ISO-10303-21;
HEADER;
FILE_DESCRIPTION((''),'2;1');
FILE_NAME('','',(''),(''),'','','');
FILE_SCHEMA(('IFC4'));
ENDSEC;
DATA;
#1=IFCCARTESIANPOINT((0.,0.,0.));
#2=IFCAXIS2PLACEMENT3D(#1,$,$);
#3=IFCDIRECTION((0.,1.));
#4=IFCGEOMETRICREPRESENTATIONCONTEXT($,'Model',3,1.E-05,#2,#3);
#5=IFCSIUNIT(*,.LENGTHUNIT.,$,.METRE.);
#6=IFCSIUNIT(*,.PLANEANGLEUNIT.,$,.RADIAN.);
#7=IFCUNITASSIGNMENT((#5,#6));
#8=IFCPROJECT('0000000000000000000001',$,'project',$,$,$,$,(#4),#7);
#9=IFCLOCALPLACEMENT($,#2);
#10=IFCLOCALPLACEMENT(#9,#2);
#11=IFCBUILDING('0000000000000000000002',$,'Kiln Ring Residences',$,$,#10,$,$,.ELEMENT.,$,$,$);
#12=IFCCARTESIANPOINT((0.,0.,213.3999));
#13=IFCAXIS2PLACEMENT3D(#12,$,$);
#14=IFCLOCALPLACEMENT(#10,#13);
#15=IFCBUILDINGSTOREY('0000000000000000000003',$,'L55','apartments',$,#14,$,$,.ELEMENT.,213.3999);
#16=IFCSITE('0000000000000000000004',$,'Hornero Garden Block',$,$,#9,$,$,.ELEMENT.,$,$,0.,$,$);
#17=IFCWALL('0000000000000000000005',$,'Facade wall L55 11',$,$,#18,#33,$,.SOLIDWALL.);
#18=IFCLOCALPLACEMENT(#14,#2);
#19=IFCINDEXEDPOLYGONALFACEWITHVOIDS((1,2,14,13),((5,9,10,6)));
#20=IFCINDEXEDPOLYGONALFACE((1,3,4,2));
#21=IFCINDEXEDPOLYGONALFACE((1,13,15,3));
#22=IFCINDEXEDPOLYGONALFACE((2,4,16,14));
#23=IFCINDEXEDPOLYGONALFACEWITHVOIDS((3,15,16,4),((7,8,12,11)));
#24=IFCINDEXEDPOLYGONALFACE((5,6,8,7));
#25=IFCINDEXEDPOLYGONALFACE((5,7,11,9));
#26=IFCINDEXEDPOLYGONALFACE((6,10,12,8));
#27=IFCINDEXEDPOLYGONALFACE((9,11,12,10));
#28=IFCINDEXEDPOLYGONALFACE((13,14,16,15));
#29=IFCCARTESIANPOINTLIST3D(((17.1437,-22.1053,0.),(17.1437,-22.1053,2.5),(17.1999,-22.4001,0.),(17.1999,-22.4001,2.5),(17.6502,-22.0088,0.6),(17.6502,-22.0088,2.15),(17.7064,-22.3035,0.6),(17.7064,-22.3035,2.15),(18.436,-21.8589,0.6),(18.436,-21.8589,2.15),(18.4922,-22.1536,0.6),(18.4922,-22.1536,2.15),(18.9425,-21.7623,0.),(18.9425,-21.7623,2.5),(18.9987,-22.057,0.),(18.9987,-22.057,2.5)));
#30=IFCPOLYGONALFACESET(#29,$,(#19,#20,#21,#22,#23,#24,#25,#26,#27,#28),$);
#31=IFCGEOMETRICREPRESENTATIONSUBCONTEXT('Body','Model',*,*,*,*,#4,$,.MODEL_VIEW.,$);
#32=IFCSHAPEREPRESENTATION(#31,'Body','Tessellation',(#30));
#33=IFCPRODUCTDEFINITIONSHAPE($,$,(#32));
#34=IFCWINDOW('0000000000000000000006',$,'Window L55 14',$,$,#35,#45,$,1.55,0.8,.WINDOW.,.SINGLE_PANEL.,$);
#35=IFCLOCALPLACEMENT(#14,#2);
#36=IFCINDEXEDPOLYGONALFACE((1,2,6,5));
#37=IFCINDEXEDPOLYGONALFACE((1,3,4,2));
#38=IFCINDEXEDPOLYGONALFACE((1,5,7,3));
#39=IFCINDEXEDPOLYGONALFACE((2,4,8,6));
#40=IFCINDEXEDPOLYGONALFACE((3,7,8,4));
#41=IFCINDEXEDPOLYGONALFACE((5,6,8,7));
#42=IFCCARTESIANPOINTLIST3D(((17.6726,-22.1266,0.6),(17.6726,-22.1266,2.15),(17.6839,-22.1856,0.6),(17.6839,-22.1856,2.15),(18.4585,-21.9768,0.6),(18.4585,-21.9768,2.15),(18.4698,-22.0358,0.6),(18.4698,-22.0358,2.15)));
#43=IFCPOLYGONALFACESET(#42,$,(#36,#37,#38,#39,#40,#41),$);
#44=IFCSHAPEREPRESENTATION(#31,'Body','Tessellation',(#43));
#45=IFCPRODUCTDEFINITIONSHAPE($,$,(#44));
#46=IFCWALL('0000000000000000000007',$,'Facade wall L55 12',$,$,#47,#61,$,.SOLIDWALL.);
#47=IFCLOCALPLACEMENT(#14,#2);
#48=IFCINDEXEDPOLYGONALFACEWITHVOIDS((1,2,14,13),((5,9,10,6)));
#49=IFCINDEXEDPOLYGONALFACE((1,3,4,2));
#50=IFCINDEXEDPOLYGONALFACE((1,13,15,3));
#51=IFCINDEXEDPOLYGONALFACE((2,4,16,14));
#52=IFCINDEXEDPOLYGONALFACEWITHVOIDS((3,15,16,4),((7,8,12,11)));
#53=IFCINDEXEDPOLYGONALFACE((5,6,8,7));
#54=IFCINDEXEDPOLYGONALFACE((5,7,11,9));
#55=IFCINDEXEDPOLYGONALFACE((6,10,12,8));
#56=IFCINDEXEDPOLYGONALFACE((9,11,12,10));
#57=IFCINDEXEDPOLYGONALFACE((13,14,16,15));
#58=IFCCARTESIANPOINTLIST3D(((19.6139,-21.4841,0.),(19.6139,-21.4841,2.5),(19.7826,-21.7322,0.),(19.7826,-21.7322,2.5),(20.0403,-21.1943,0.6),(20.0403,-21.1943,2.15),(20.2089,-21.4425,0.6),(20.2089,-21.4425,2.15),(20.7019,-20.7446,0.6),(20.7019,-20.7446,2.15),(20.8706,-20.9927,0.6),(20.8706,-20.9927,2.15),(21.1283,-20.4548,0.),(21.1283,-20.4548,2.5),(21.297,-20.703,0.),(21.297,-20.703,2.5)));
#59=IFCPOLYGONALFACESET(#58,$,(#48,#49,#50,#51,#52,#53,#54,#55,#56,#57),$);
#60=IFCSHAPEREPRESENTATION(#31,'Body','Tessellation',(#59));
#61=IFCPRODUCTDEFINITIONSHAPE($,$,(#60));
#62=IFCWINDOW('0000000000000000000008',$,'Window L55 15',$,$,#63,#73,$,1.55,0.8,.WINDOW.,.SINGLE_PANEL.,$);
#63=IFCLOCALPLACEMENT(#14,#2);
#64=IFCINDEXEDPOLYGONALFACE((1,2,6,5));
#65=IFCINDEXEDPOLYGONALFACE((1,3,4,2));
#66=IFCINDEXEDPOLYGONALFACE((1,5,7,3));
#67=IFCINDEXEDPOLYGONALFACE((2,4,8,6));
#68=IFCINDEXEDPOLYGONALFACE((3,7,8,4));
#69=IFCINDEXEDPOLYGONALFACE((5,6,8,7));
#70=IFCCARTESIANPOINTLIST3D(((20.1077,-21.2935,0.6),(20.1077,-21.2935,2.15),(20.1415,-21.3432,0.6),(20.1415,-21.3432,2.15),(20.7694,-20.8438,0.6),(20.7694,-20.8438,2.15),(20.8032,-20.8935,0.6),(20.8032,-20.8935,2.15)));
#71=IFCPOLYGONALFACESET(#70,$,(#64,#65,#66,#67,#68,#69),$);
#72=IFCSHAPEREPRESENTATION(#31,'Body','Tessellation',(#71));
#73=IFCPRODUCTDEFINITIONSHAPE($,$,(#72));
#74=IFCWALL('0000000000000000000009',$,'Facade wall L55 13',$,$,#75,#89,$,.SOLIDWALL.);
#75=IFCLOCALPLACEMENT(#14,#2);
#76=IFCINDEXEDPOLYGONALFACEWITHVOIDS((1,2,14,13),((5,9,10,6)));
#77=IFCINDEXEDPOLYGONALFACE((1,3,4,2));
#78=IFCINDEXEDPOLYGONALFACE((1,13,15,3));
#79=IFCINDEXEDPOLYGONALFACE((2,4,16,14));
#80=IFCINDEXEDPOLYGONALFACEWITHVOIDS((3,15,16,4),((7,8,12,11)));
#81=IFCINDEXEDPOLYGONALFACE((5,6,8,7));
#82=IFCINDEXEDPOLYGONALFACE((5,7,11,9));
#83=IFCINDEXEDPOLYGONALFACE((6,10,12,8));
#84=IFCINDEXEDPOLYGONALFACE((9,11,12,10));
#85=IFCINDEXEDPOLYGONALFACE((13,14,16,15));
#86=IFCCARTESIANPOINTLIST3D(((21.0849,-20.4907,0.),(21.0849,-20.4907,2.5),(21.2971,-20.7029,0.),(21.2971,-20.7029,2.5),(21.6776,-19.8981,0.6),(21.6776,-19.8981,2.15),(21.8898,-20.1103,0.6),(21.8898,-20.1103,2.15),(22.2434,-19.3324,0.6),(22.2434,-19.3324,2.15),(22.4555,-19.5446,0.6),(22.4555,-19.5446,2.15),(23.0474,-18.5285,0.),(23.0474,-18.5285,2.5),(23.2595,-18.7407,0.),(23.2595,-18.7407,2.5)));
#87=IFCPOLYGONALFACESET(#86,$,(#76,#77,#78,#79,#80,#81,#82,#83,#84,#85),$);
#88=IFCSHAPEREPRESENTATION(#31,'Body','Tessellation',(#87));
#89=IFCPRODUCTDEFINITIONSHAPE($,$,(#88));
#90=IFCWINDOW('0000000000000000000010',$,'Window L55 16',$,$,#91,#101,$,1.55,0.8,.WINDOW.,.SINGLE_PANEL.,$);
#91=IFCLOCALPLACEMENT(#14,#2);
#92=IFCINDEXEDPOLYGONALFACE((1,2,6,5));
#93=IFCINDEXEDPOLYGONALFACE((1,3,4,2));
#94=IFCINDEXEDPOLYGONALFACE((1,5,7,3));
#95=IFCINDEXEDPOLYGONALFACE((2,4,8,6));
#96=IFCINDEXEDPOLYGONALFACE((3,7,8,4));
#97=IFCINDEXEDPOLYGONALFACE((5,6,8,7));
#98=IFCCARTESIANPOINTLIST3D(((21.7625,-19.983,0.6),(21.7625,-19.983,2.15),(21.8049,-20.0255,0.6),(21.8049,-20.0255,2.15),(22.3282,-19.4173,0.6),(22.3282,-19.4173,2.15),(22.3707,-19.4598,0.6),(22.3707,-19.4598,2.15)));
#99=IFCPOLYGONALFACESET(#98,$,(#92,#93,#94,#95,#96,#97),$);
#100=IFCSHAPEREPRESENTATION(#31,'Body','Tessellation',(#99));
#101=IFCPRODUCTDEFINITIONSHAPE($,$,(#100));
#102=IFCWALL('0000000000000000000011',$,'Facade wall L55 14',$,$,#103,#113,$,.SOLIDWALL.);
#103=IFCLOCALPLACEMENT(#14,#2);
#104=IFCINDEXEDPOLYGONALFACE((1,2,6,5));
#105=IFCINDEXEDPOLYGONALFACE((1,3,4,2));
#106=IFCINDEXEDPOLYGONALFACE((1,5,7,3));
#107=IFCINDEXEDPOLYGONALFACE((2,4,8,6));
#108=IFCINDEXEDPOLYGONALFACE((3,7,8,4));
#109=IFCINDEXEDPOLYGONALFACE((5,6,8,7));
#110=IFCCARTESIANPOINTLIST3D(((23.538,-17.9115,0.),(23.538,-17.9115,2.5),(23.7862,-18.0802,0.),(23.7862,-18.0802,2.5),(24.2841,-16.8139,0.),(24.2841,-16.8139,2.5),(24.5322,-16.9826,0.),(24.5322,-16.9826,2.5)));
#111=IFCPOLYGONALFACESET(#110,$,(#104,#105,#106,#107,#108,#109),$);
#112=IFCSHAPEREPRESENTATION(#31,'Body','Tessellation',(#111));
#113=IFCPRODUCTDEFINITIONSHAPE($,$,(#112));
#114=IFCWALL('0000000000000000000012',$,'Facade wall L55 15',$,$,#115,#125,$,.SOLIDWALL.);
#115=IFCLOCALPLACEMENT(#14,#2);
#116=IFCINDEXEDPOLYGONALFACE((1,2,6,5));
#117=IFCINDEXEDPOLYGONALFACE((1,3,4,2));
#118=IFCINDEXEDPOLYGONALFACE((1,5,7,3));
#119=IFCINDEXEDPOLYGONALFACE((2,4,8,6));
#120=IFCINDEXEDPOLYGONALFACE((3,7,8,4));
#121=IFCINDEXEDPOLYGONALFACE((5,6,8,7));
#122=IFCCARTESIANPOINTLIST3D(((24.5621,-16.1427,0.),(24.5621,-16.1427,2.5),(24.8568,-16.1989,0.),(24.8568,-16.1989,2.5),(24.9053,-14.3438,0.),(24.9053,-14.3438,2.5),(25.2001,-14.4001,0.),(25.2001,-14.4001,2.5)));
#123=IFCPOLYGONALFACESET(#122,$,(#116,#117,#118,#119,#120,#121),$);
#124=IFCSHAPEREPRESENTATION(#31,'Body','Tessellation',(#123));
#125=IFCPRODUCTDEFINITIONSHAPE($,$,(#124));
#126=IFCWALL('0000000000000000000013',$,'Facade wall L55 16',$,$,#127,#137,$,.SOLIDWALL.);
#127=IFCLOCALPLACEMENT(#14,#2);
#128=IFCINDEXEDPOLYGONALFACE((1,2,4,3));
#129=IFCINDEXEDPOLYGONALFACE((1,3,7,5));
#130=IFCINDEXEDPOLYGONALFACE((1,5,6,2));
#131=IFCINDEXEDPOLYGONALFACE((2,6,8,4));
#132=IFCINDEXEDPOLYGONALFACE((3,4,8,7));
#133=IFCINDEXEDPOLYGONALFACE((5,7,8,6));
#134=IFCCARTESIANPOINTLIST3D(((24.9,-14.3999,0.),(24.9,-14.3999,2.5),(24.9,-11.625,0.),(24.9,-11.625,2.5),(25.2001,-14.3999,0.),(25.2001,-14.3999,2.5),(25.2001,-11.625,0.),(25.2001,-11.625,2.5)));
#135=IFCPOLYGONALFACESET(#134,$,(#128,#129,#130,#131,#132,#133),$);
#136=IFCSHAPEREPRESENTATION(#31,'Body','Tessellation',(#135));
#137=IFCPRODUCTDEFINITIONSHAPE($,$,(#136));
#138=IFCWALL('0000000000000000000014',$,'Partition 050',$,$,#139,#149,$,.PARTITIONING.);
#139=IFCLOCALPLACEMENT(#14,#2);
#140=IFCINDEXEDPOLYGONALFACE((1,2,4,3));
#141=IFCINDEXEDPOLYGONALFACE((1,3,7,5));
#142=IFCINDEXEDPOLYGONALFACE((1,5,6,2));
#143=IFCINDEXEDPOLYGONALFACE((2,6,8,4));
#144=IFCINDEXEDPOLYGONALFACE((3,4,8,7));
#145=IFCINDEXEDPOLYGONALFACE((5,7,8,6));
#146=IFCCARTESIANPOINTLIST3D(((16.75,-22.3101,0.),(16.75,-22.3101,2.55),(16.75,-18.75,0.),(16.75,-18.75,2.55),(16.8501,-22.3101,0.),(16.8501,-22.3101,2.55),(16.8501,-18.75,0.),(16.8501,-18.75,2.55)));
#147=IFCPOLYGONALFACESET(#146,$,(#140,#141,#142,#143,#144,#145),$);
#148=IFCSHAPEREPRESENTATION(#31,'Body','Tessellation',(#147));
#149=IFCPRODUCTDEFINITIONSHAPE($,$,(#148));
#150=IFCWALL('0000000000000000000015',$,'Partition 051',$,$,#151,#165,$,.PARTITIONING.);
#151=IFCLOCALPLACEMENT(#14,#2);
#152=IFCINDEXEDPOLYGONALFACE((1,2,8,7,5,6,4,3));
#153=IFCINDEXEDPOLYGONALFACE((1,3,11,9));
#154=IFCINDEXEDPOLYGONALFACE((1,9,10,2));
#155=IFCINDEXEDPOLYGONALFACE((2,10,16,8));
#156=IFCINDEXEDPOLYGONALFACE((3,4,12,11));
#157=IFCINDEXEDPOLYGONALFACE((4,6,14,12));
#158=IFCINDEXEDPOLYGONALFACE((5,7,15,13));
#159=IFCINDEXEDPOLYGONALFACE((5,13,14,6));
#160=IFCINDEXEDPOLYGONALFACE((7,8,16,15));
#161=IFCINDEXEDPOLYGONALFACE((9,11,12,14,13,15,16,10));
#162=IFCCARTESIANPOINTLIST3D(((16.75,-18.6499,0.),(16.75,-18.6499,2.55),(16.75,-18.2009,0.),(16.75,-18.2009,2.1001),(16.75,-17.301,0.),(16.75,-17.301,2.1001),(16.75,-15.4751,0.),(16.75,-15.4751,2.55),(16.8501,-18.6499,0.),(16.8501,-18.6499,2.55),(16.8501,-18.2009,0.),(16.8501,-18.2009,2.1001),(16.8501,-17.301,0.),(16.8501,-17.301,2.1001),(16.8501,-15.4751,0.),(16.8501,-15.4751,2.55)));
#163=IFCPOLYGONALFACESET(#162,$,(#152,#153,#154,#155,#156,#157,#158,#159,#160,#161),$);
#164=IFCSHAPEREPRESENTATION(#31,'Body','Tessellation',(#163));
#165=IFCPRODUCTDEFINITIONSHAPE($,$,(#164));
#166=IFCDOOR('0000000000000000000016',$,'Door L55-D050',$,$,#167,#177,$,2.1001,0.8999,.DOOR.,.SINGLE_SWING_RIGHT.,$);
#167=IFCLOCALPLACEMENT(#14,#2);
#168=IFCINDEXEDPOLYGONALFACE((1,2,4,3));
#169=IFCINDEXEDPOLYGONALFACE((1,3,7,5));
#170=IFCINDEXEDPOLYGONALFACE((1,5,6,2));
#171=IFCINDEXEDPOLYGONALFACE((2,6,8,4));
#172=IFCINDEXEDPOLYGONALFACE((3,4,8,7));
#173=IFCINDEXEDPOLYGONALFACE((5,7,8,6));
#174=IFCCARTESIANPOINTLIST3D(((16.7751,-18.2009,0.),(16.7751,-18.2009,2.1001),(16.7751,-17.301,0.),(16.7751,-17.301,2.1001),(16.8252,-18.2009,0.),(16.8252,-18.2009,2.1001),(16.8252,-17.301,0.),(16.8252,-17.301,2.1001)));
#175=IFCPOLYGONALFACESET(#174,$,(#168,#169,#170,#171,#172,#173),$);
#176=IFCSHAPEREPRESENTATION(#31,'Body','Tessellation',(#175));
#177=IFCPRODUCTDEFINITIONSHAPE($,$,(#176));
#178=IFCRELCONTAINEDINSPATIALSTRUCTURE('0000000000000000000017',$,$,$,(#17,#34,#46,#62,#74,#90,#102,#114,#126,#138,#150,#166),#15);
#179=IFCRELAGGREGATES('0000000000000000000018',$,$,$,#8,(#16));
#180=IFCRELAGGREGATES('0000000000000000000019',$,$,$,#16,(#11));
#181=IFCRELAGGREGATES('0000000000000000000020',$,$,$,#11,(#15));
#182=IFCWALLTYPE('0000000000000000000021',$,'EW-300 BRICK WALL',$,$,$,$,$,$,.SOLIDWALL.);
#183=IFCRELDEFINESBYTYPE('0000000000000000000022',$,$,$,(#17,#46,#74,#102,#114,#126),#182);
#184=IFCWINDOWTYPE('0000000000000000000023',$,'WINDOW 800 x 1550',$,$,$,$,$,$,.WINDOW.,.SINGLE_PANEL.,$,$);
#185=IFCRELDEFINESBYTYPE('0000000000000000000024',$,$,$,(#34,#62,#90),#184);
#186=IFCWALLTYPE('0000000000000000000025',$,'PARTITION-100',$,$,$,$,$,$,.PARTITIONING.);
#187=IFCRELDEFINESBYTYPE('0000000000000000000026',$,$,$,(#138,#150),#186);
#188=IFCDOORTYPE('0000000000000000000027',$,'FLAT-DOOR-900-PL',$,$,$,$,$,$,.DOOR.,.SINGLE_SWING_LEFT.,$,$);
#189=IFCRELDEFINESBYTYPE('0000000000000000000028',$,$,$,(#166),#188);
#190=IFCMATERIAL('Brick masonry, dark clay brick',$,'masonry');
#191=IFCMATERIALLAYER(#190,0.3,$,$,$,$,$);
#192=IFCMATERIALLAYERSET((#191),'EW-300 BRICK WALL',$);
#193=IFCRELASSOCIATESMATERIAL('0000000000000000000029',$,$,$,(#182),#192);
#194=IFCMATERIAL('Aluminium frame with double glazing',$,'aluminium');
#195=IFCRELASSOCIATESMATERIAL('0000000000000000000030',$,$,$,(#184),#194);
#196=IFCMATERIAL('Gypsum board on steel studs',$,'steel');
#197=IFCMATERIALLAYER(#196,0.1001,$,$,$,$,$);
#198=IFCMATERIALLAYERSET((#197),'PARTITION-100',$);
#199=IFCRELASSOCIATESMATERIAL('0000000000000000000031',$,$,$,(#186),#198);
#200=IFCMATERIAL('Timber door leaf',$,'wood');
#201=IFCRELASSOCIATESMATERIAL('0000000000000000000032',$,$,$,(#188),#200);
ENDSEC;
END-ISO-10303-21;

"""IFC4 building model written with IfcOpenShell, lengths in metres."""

from ifc_helpers import new_model, si_unit, direction, frame, frame_2d, origin, place, context, subcontext, project, spatial, rectangle, extrude, material, layer, layer_set, type_object, element, fill, save


model = new_model("IFC4")

# Units and contexts
model_context = context("Model", 3, precision=1e-05, world=origin(), true_north=direction((0.0, 1.0)))
body_context = subcontext(model_context, "Body", "Model", "MODEL_VIEW")
ifc_project = project(units=[si_unit("LENGTHUNIT", "METRE"), si_unit("PLANEANGLEUNIT", "RADIAN")], contexts=[model_context])

# Site, building, storey
site_placement = place(None, origin())
site = spatial("IfcSite", under=ifc_project, at=site_placement, Name="Hornero Garden Block", CompositionType="ELEMENT", RefElevation=0.0)
building_placement = place(site_placement, origin())
building = spatial("IfcBuilding", under=site, at=building_placement, Name="Kiln Ring Residences", CompositionType="ELEMENT")
storey_placement = place(building_placement, frame((0.0, 0.0, 213.3999)))
storey = spatial("IfcBuildingStorey", under=building, at=storey_placement, Name="L55", Description="apartments", CompositionType="ELEMENT", Elevation=213.3999)

# Walls, openings, windows
ifc_material_1 = material(Name="Brick masonry, dark clay brick", Category="masonry")
ifc_layer_1 = layer(ifc_material_1, 0.3)
ifc_layer_set_1 = layer_set([ifc_layer_1], Name="EW-300 BRICK WALL")
wall_type_1 = type_object("IfcWallType", Name="EW-300 BRICK WALL", PredefinedType="SOLIDWALL", material=ifc_layer_set_1)
wall_1_placement = place(storey_placement, frame((17.1719, -22.2527, 0.0), z_axis=(0.0, 0.0, 1.0), x_axis=(0.9823, 0.187314, 0.0)))
wall_1 = element("IfcWall", 1, at=wall_1_placement, inside=storey, type_object=wall_type_1, Name="Facade wall L55 11", PredefinedType="SOLIDWALL", context=body_context, shape_type="SweptSolid", body=[
    extrude(rectangle(XDim=1.8313, YDim=0.3, at=frame_2d((0.9155, 0.0))), origin(), (0.0, 0.0, 1.0), 2.5),
])
opening_1_placement = place(wall_1_placement, frame((0.5156, 0.0, 0.6001)))
opening_1 = element("IfcOpeningElement", 2, at=opening_1_placement, cuts=wall_1, PredefinedType="OPENING", context=body_context, shape_type="SweptSolid", body=[
    extrude(rectangle(XDim=0.8, YDim=1.55, at=frame_2d((0.3999, 0.7749))), frame((0.0, 0.1599, 0.0), z_axis=(0.0, -1.0, 0.0), x_axis=(1.0, 0.0, 0.0)), (0.0, 0.0, 1.0), 0.3201),
])
ifc_material_2 = material(Name="Aluminium frame with double glazing", Category="aluminium")
window_type = type_object("IfcWindowType", Name="WINDOW 800 x 1550", PartitioningType="SINGLE_PANEL", PredefinedType="WINDOW", material=ifc_material_2)
window_1_placement = place(opening_1_placement, origin())
window_1 = element("IfcWindow", 3, at=window_1_placement, inside=storey, type_object=window_type, Name="Window L55 14", OverallHeight=1.55, OverallWidth=0.8, PartitioningType="SINGLE_PANEL", PredefinedType="WINDOW", context=body_context, shape_type="SweptSolid", body=[
    extrude(rectangle(XDim=0.8, YDim=1.55, at=frame_2d((0.3999, 0.7749))), frame((0.0, 0.03, 0.0), z_axis=(0.0, -1.0, 0.0), x_axis=(1.0, 0.0, 0.0)), (0.0, 0.0, 1.0), 0.0601),
])
fill(opening_1, window_1)
wall_2_placement = place(storey_placement, frame((19.6982, -21.6082, 0.0), z_axis=(0.0, 0.0, 1.0), x_axis=(0.827053, 0.562124, 0.0)))
wall_2 = element("IfcWall", 4, at=wall_2_placement, inside=storey, type_object=wall_type_1, Name="Facade wall L55 12", PredefinedType="SOLIDWALL", context=body_context, shape_type="SweptSolid", body=[
    extrude(rectangle(XDim=1.8311, YDim=0.3, at=frame_2d((0.9155, 0.0))), origin(), (0.0, 0.0, 1.0), 2.5),
])
opening_2_placement = place(wall_2_placement, frame((0.5156, 0.0, 0.6001)))
opening_2 = element("IfcOpeningElement", 5, at=opening_2_placement, cuts=wall_2, PredefinedType="OPENING", context=body_context, shape_type="SweptSolid", body=[
    extrude(rectangle(XDim=0.8, YDim=1.55, at=frame_2d((0.3999, 0.7749))), frame((0.0, 0.1599, 0.0), z_axis=(0.0, -1.0, 0.0), x_axis=(1.0, 0.0, 0.0)), (0.0, 0.0, 1.0), 0.3201),
])
window_2_placement = place(opening_2_placement, origin())
window_2 = element("IfcWindow", 6, at=window_2_placement, inside=storey, type_object=window_type, Name="Window L55 15", OverallHeight=1.55, OverallWidth=0.8, PartitioningType="SINGLE_PANEL", PredefinedType="WINDOW", context=body_context, shape_type="SweptSolid", body=[
    extrude(rectangle(XDim=0.8, YDim=1.55, at=frame_2d((0.3999, 0.7749))), frame((0.0, 0.03, 0.0), z_axis=(0.0, -1.0, 0.0), x_axis=(1.0, 0.0, 0.0)), (0.0, 0.0, 1.0), 0.0601),
])
fill(opening_2, window_2)
wall_3_placement = place(storey_placement, frame((21.1909, -20.5969, 0.0), z_axis=(0.0, 0.0, 1.0), x_axis=(0.707151, 0.707063, 0.0)))
wall_3 = element("IfcWall", 7, at=wall_3_placement, inside=storey, type_object=wall_type_1, Name="Facade wall L55 13", PredefinedType="SOLIDWALL", context=body_context, shape_type="SweptSolid", body=[
    extrude(rectangle(XDim=2.7751, YDim=0.3, at=frame_2d((1.3877, 0.0))), origin(), (0.0, 0.0, 1.0), 2.5),
])
opening_3_placement = place(wall_3_placement, frame((0.8384, 0.0, 0.6001)))
opening_3 = element("IfcOpeningElement", 8, at=opening_3_placement, cuts=wall_3, PredefinedType="OPENING", context=body_context, shape_type="SweptSolid", body=[
    extrude(rectangle(XDim=0.8, YDim=1.55, at=frame_2d((0.3999, 0.7749))), frame((0.0, 0.1599, 0.0), z_axis=(0.0, -1.0, 0.0), x_axis=(1.0, 0.0, 0.0)), (0.0, 0.0, 1.0), 0.3201),
])
window_3_placement = place(opening_3_placement, origin())
window_3 = element("IfcWindow", 9, at=window_3_placement, inside=storey, type_object=window_type, Name="Window L55 16", OverallHeight=1.55, OverallWidth=0.8, PartitioningType="SINGLE_PANEL", PredefinedType="WINDOW", context=body_context, shape_type="SweptSolid", body=[
    extrude(rectangle(XDim=0.8, YDim=1.55, at=frame_2d((0.3999, 0.7749))), frame((0.0, 0.03, 0.0), z_axis=(0.0, -1.0, 0.0), x_axis=(1.0, 0.0, 0.0)), (0.0, 0.0, 1.0), 0.0601),
])
fill(opening_3, window_3)

# Walls
wall_4_placement = place(storey_placement, frame((23.6621, -17.9958, 0.0), z_axis=(0.0, 0.0, 1.0), x_axis=(0.562149, 0.827036, 0.0)))
element("IfcWall", 10, at=wall_4_placement, inside=storey, type_object=wall_type_1, Name="Facade wall L55 14", PredefinedType="SOLIDWALL", context=body_context, shape_type="SweptSolid", body=[
    extrude(rectangle(XDim=1.3271, YDim=0.3, at=frame_2d((0.6636, 0.0))), origin(), (0.0, 0.0, 1.0), 2.5),
])
wall_5_placement = place(storey_placement, frame((24.7095, -16.1707, 0.0), z_axis=(0.0, 0.0, 1.0), x_axis=(0.187443, 0.982275, 0.0)))
element("IfcWall", 11, at=wall_5_placement, inside=storey, type_object=wall_type_1, Name="Facade wall L55 15", PredefinedType="SOLIDWALL", context=body_context, shape_type="SweptSolid", body=[
    extrude(rectangle(XDim=1.8313, YDim=0.3, at=frame_2d((0.9155, 0.0))), origin(), (0.0, 0.0, 1.0), 2.5),
])
wall_6_placement = place(storey_placement, frame((25.05, -14.3999, 0.0), z_axis=(0.0, 0.0, 1.0), x_axis=(0.0, 1.0, 0.0)))
element("IfcWall", 12, at=wall_6_placement, inside=storey, type_object=wall_type_1, Name="Facade wall L55 16", PredefinedType="SOLIDWALL", context=body_context, shape_type="SweptSolid", body=[
    extrude(rectangle(XDim=2.7749, YDim=0.3, at=frame_2d((1.3875, 0.0))), origin(), (0.0, 0.0, 1.0), 2.5),
])
ifc_material_3 = material(Name="Gypsum board on steel studs", Category="steel")
ifc_layer_2 = layer(ifc_material_3, 0.1001)
ifc_layer_set_2 = layer_set([ifc_layer_2], Name="PARTITION-100")
wall_type_2 = type_object("IfcWallType", Name="PARTITION-100", PredefinedType="PARTITIONING", material=ifc_layer_set_2)
wall_7_placement = place(storey_placement, frame((16.8, -22.3101, 0.0), z_axis=(0.0, 0.0, 1.0), x_axis=(0.0, 1.0, 0.0)))
element("IfcWall", 13, at=wall_7_placement, inside=storey, type_object=wall_type_2, Name="Partition 050", PredefinedType="PARTITIONING", context=body_context, shape_type="SweptSolid", body=[
    extrude(rectangle(XDim=3.5601, YDim=0.1001, at=frame_2d((1.78, 0.0))), origin(), (0.0, 0.0, 1.0), 2.55),
])

# Wall, opening, door
wall_8_placement = place(storey_placement, frame((16.8, -18.6499, 0.0), z_axis=(0.0, 0.0, 1.0), x_axis=(0.0, 1.0, 0.0)))
wall_8 = element("IfcWall", 14, at=wall_8_placement, inside=storey, type_object=wall_type_2, Name="Partition 051", PredefinedType="PARTITIONING", context=body_context, shape_type="SweptSolid", body=[
    extrude(rectangle(XDim=3.1748, YDim=0.1001, at=frame_2d((1.5874, 0.0))), origin(), (0.0, 0.0, 1.0), 2.55),
])
opening_4_placement = place(wall_8_placement, frame((0.449, 0.0, 0.0)))
opening_4 = element("IfcOpeningElement", 15, at=opening_4_placement, cuts=wall_8, PredefinedType="OPENING", context=body_context, shape_type="SweptSolid", body=[
    extrude(rectangle(XDim=0.8999, YDim=2.1001, at=frame_2d((0.45, 1.05))), frame((0.0, 0.0601, 0.0), z_axis=(0.0, -1.0, 0.0), x_axis=(1.0, 0.0, 0.0)), (0.0, 0.0, 1.0), 0.1201),
])
ifc_material_4 = material(Name="Timber door leaf", Category="wood")
door_type_1 = type_object("IfcDoorType", Name="FLAT-DOOR-900-PL", OperationType="SINGLE_SWING_LEFT", PredefinedType="DOOR", material=ifc_material_4)
door_1_placement = place(opening_4_placement, origin())
door_1 = element("IfcDoor", 16, at=door_1_placement, inside=storey, type_object=door_type_1, Name="Door L55-D050", OperationType="SINGLE_SWING_RIGHT", OverallHeight=2.1001, OverallWidth=0.8999, PredefinedType="DOOR", context=body_context, shape_type="SweptSolid", body=[
    extrude(rectangle(XDim=0.8999, YDim=2.1001, at=frame_2d((0.45, 1.05))), frame((0.0, 0.0249, 0.0), z_axis=(0.0, -1.0, 0.0), x_axis=(1.0, 0.0, 0.0)), (0.0, 0.0, 1.0), 0.05),
])
fill(opening_4, door_1)

save(model, "model.ifc")
